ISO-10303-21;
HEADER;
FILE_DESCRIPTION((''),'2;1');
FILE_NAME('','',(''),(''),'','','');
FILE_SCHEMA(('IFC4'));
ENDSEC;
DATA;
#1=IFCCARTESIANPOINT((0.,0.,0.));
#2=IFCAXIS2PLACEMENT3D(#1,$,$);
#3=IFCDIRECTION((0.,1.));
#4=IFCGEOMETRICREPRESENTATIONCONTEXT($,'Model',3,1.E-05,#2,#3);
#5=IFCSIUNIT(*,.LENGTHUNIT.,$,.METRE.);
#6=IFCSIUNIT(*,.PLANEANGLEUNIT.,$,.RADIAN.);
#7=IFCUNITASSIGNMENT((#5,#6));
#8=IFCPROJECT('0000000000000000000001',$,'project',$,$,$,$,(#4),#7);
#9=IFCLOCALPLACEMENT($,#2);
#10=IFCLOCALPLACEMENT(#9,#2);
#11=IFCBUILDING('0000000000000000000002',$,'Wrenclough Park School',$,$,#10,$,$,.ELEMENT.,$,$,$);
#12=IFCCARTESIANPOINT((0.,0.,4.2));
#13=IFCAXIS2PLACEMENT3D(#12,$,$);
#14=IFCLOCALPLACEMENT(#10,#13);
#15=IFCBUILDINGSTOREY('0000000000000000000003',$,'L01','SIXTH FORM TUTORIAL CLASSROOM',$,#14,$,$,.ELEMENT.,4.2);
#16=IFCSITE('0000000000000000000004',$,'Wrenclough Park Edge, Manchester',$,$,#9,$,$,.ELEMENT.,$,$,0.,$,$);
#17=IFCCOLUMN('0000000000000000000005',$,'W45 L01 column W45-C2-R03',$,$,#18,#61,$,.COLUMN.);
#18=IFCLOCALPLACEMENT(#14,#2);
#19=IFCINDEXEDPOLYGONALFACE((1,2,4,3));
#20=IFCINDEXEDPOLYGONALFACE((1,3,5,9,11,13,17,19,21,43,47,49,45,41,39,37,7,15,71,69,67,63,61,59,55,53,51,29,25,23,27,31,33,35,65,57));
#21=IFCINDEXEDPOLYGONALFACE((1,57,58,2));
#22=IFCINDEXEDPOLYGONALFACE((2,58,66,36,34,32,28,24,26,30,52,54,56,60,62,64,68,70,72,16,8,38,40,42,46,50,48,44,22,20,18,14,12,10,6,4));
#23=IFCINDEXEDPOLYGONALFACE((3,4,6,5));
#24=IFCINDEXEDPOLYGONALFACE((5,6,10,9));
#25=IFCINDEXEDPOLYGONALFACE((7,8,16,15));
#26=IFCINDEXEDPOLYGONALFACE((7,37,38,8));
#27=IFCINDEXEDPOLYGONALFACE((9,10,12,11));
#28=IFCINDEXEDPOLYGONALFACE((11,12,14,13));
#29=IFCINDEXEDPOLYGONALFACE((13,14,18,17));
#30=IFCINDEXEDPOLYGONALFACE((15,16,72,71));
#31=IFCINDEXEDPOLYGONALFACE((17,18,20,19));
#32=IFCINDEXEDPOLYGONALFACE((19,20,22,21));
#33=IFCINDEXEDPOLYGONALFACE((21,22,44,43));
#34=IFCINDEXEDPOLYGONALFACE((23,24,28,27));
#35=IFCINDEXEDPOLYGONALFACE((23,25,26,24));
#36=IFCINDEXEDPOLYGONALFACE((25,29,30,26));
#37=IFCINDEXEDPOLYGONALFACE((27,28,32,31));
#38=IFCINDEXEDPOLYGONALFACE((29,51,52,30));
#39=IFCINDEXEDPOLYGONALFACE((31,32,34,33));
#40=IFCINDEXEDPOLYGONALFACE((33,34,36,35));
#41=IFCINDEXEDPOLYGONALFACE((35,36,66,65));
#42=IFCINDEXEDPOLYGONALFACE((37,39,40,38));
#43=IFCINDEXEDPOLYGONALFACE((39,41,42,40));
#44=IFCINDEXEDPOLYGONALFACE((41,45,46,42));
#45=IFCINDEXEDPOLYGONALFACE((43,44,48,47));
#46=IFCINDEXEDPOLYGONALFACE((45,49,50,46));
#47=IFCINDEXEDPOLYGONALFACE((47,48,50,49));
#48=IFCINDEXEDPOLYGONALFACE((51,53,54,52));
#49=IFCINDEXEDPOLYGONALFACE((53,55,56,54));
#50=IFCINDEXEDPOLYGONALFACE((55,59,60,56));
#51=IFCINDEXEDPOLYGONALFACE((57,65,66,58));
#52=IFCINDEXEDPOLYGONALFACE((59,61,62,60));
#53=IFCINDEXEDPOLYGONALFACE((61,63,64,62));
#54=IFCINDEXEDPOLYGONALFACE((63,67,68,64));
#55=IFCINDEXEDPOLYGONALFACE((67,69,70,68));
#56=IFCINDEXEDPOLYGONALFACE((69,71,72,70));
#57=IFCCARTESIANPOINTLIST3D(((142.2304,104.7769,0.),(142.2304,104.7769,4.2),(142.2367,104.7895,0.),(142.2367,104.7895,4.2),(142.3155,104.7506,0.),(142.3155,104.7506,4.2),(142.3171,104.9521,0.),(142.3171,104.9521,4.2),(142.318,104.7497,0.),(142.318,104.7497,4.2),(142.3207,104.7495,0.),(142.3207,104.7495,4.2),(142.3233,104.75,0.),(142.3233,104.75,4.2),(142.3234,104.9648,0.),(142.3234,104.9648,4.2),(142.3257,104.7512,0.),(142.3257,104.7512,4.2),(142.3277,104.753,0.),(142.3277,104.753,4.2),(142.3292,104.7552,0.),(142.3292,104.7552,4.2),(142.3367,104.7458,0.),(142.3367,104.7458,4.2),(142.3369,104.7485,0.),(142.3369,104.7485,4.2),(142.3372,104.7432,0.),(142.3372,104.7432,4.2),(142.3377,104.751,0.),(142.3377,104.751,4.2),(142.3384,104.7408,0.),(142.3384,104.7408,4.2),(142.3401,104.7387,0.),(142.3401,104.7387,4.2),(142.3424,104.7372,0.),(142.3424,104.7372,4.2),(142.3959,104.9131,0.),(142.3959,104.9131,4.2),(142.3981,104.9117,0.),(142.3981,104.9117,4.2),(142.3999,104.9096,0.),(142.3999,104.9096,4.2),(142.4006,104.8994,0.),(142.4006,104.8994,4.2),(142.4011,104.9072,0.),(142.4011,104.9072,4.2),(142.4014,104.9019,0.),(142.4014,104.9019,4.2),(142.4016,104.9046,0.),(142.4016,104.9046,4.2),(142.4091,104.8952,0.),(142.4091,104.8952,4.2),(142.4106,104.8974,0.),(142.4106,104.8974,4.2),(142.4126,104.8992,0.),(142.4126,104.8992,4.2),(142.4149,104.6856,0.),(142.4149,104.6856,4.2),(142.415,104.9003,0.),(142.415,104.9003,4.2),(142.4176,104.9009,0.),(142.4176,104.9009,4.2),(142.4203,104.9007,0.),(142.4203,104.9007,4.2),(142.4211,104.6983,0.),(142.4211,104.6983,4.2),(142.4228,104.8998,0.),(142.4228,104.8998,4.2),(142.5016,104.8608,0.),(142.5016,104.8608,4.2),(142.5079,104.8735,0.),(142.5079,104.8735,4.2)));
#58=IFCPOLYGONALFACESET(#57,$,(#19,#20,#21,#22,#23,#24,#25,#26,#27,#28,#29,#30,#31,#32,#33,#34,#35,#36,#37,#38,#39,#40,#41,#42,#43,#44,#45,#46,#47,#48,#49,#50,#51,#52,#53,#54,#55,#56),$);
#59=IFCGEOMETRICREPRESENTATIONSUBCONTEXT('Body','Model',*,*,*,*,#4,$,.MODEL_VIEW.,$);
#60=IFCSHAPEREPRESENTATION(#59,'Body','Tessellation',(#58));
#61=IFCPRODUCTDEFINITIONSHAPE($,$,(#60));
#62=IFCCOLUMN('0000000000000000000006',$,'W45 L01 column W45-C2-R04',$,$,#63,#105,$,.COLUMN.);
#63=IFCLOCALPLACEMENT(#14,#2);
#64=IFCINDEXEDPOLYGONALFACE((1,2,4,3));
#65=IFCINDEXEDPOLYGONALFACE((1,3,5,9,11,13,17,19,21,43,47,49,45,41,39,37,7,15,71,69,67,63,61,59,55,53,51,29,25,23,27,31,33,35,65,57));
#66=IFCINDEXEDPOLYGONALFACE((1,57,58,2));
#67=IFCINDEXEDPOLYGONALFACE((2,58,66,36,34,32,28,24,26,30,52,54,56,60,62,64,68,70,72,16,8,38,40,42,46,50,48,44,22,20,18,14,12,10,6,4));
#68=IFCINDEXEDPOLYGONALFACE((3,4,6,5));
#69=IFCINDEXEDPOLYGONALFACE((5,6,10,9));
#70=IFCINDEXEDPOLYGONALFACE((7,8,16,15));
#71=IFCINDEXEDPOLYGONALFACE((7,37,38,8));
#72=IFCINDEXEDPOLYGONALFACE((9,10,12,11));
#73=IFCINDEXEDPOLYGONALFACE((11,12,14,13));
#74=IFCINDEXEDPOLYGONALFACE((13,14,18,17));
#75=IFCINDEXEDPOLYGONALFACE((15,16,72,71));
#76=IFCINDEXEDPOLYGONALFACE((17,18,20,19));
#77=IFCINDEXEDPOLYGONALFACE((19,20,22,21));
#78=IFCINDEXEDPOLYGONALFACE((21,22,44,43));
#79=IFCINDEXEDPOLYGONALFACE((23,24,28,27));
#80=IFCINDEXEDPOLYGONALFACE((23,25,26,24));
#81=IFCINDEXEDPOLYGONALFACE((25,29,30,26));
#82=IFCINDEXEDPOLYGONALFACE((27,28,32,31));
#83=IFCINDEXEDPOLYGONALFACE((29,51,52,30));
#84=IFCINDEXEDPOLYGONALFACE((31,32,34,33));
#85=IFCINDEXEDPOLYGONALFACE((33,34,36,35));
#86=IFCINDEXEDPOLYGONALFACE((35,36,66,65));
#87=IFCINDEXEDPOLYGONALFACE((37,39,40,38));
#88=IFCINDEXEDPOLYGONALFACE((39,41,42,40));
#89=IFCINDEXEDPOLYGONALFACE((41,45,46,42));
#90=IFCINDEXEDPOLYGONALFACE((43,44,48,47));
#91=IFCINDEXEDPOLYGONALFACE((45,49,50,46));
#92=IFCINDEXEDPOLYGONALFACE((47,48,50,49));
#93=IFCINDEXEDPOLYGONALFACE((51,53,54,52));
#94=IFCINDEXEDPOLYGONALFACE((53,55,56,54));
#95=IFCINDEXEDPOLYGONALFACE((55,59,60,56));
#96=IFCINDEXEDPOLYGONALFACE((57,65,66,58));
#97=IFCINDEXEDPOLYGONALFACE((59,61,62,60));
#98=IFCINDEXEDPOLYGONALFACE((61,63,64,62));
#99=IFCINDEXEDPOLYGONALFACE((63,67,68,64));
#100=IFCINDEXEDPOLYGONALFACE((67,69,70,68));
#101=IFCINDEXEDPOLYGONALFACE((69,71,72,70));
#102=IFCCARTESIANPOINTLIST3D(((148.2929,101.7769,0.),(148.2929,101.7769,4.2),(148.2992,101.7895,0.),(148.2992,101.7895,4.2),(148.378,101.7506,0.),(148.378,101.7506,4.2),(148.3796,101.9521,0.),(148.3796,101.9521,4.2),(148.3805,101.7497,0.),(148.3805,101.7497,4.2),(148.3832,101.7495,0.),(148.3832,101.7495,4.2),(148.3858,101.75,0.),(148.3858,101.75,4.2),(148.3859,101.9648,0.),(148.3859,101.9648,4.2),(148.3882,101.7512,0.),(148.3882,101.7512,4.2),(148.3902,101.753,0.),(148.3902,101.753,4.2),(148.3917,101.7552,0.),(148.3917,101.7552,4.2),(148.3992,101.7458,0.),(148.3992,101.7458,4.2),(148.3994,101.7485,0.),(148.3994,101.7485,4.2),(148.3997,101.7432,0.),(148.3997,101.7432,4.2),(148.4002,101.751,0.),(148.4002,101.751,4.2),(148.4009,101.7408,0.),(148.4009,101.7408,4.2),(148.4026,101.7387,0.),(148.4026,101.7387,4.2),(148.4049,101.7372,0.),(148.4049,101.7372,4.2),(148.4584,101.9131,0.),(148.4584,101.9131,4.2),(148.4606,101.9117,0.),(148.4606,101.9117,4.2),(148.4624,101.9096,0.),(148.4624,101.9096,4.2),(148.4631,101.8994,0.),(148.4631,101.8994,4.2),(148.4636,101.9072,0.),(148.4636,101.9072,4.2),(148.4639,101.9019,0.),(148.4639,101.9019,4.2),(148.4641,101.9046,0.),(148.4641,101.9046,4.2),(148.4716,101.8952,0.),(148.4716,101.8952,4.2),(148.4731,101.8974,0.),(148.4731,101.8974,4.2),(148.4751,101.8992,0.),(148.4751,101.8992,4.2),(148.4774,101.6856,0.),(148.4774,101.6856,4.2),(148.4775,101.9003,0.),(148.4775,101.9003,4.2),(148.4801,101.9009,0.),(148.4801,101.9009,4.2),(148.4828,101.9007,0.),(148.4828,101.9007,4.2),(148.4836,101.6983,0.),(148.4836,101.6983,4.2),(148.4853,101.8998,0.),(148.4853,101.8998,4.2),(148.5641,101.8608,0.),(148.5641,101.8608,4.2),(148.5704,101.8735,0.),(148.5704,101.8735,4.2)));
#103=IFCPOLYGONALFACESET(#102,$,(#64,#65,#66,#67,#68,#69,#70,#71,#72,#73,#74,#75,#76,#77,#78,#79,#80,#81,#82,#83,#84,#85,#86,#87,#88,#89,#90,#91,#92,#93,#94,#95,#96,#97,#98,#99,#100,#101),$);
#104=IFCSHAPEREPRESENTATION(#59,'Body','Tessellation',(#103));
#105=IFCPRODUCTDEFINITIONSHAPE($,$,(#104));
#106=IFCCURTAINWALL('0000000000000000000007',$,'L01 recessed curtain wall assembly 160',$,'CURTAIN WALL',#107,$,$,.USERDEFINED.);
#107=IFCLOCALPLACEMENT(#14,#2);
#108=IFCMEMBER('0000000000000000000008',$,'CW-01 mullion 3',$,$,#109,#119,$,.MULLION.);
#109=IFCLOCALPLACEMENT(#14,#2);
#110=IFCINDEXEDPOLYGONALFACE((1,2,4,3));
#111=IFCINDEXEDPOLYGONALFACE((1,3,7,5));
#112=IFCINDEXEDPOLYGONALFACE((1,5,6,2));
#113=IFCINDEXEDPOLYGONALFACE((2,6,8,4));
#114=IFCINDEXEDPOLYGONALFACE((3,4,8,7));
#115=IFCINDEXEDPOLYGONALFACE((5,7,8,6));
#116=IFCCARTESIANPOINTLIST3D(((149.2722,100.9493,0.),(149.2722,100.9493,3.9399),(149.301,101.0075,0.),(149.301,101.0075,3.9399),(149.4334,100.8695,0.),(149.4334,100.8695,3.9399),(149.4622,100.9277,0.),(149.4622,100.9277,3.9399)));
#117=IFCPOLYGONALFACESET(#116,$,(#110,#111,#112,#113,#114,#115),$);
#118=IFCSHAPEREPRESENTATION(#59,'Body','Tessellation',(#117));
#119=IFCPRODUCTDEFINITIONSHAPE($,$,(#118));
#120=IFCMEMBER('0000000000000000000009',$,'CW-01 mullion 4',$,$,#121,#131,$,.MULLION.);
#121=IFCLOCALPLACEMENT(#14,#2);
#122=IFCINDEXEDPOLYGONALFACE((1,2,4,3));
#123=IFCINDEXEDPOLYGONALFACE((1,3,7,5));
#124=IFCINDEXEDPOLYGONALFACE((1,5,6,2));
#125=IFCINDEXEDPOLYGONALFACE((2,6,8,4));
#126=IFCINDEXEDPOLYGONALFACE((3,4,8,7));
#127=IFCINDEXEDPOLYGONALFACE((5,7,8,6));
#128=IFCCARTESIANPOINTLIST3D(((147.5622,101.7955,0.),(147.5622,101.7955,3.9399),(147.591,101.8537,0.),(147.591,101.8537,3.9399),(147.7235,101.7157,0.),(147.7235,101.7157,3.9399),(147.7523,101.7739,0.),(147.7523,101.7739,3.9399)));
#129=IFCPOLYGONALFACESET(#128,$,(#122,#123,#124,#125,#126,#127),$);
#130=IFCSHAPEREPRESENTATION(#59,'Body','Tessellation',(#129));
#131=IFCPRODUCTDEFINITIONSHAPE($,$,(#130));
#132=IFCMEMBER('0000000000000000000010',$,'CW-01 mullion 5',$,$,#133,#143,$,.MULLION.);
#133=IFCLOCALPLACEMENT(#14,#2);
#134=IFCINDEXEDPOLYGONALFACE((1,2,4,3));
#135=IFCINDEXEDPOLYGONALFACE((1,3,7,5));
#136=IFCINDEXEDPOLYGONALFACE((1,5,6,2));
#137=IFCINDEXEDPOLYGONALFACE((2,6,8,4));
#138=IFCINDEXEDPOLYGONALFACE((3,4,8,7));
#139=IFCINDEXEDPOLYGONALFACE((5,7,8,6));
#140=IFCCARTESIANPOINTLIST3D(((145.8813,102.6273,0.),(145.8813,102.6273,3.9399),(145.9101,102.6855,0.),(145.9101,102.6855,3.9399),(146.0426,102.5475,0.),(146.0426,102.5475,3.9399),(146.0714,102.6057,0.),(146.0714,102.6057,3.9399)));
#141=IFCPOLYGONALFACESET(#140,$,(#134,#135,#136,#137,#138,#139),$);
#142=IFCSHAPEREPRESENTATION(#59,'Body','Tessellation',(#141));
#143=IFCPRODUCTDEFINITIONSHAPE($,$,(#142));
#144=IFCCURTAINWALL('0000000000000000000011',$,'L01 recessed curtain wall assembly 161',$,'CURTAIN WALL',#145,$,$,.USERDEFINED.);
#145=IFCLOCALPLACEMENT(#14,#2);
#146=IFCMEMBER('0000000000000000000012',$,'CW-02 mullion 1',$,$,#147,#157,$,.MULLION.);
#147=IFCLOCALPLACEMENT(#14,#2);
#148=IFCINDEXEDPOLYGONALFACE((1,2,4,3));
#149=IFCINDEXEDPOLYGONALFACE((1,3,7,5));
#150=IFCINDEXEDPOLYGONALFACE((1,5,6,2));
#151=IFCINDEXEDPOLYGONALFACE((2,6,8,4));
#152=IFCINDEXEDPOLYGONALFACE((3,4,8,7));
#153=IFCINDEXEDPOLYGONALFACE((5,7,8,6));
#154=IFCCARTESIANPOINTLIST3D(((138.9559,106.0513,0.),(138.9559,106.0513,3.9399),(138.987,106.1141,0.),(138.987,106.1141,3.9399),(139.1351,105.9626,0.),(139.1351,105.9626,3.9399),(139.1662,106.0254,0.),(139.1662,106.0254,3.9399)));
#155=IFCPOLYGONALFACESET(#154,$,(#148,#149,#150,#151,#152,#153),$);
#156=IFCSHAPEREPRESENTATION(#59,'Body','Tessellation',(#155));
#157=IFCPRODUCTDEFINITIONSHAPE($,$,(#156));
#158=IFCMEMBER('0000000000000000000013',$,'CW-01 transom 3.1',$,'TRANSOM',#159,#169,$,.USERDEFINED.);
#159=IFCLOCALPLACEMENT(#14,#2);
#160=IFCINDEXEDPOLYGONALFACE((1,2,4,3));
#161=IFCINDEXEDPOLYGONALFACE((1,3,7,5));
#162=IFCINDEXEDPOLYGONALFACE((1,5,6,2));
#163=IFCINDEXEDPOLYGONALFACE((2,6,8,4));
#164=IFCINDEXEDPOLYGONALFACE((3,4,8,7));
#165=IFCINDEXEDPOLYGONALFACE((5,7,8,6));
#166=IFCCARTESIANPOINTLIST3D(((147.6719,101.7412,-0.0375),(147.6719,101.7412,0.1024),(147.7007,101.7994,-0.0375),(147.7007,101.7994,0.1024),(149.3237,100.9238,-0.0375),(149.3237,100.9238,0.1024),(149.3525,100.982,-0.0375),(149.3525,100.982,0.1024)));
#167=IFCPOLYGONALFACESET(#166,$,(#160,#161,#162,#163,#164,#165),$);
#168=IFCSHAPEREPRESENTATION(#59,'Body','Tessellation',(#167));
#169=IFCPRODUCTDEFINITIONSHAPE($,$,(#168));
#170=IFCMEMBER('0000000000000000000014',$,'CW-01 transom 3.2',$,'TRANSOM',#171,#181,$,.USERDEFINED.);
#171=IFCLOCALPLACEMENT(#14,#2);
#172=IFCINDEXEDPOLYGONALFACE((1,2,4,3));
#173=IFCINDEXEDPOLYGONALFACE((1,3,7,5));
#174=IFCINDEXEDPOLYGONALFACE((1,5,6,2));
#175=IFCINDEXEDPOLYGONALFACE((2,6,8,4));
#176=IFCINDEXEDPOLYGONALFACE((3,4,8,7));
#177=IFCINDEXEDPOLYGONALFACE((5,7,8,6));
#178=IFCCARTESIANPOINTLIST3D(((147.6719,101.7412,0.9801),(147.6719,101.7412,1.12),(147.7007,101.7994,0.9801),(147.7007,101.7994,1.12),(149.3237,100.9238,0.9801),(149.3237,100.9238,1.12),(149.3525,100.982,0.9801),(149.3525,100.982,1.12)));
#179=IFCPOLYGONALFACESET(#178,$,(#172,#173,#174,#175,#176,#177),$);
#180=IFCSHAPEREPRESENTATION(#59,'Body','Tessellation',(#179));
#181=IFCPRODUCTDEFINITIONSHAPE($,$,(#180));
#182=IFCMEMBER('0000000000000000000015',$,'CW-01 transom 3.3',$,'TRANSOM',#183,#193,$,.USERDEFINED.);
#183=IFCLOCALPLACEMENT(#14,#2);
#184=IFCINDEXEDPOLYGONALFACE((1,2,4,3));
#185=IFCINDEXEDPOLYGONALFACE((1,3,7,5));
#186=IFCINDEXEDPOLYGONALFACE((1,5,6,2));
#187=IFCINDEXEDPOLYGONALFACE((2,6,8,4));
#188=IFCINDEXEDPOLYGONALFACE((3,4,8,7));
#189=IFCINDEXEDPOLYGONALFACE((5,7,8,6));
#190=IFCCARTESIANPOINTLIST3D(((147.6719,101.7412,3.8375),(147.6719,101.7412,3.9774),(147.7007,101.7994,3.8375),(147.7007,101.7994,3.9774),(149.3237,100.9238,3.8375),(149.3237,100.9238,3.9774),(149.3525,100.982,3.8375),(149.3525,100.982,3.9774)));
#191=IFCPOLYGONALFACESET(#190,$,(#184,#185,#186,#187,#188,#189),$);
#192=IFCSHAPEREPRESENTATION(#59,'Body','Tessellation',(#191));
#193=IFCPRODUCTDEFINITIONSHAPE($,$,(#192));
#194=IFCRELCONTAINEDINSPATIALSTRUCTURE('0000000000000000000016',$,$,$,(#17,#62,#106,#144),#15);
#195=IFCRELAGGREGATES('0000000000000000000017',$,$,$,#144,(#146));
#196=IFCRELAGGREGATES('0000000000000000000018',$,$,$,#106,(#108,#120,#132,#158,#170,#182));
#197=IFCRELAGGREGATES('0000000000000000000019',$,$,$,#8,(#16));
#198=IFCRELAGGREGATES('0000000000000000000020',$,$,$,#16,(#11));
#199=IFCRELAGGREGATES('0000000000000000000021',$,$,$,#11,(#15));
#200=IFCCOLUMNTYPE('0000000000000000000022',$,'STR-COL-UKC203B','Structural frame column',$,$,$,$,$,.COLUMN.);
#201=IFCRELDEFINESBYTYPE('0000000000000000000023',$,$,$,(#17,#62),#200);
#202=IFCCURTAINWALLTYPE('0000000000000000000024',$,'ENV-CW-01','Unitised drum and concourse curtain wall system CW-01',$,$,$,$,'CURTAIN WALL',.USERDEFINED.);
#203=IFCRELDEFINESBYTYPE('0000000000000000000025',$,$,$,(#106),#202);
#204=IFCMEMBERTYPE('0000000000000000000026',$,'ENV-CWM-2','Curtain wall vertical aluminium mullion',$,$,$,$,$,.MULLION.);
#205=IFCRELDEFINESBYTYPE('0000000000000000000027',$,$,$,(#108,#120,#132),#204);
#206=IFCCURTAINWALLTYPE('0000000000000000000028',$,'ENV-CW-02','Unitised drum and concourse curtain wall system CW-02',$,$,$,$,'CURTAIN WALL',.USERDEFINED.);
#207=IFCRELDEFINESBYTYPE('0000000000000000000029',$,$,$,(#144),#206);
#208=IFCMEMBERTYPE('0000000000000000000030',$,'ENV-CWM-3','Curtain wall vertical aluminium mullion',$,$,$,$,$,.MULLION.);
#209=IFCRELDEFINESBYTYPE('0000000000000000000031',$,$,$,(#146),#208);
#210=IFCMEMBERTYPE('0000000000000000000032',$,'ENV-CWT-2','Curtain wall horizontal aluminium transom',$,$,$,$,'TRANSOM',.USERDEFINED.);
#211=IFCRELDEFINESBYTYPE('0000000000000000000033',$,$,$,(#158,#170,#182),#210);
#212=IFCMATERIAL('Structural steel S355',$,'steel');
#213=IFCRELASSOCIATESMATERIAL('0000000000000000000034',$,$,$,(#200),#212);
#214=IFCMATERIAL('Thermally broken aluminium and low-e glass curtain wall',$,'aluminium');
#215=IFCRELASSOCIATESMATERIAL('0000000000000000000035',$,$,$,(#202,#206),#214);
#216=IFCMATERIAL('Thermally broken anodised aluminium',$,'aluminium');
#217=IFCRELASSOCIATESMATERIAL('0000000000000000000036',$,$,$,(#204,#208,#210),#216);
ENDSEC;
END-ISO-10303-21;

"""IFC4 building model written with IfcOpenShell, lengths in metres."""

from ifc_helpers import new_model, si_unit, direction, frame, origin, origin_2d, place, context, subcontext, project, spatial, rectangle, i_section, extrude, material, material_profile, profile_set, type_object, element, aggregate, save


model = new_model("IFC4")

# Units and contexts
model_context = context("Model", 3, precision=1e-05, world=origin(), true_north=direction((0.0, 1.0)))
body_context = subcontext(model_context, "Body", "Model", "MODEL_VIEW")
ifc_project = project(units=[si_unit("LENGTHUNIT", "METRE"), si_unit("PLANEANGLEUNIT", "RADIAN")], contexts=[model_context])

# Site, building, storey
site_placement = place(None, origin())
site = spatial("IfcSite", under=ifc_project, at=site_placement, Name="Wrenclough Park Edge, Manchester", CompositionType="ELEMENT", RefElevation=0.0)
building_placement = place(site_placement, origin())
building = spatial("IfcBuilding", under=site, at=building_placement, Name="Wrenclough Park School", CompositionType="ELEMENT")
storey_placement = place(building_placement, frame((0.0, 0.0, 4.2)))
storey = spatial("IfcBuildingStorey", under=building, at=storey_placement, Name="L01", Description="SIXTH FORM TUTORIAL CLASSROOM", CompositionType="ELEMENT", Elevation=4.2)

# Columns
ifc_material_1 = material(Name="Structural steel S355", Category="steel")
ifc_material_profile_1 = material_profile(ifc_material_1, i_section(OverallWidth=0.2058, OverallDepth=0.2097, WebThickness=0.0095, FlangeThickness=0.0142, FilletRadius=0.0103, at=origin_2d()), Name="UKC 203x203x60")
ifc_profile_set_1 = profile_set([ifc_material_profile_1], Name="Structural steel S355")
column_type = type_object("IfcColumnType", Name="STR-COL-UKC203B", Description="Structural frame column", PredefinedType="COLUMN", material=ifc_profile_set_1)
for number, where, z_axis, x_axis, name in (
    (1, (142.3691, 104.8252, 0.0), (0.0, 0.0, 1.0), (0.896254, -0.443541, 0.0), "W45 L01 column W45-C2-R03"),
    (2, (148.4316, 101.8252, 0.0), (0.0, 0.0, 1.0), (0.896254, -0.443541, 0.0), "W45 L01 column W45-C2-R04"),
):
    element("IfcColumn", number, at=place(storey_placement, frame(where, z_axis=z_axis, x_axis=x_axis)), inside=storey, type_object=column_type, Name=name, PredefinedType="COLUMN", context=body_context, shape_type="SweptSolid", body=[
        extrude(i_section(OverallWidth=0.2058, OverallDepth=0.2097, WebThickness=0.0095, FlangeThickness=0.0142, FilletRadius=0.0103, at=origin_2d()), origin(), (0.0, 0.0, 1.0), 4.2),
    ])

# Curtain wall, members
ifc_material_2 = material(Name="Thermally broken aluminium and low-e glass curtain wall", Category="aluminium")
curtain_wall_type_1 = type_object("IfcCurtainWallType", Name="ENV-CW-01", Description="Unitised drum and concourse curtain wall system CW-01", ElementType="CURTAIN WALL", PredefinedType="USERDEFINED", material=ifc_material_2)
curtain_wall_1_placement = place(storey_placement, origin())
curtain_wall_1 = element("IfcCurtainWall", 3, at=curtain_wall_1_placement, inside=storey, type_object=curtain_wall_type_1, Name="L01 recessed curtain wall assembly 160", ObjectType="CURTAIN WALL", PredefinedType="USERDEFINED")
ifc_material_3 = material(Name="Thermally broken anodised aluminium", Category="aluminium")
ifc_material_profile_2 = material_profile(ifc_material_3, rectangle(XDim=0.0649, YDim=0.1799, at=origin_2d()), Name="AL MULLION 65x180")
ifc_profile_set_2 = profile_set([ifc_material_profile_2], Name="Thermally broken anodised aluminium")
member_type_1 = type_object("IfcMemberType", Name="ENV-CWM-2", Description="Curtain wall vertical aluminium mullion", PredefinedType="MULLION", material=ifc_profile_set_2)
member_1_placement = place(storey_placement, frame((149.3672, 100.9385, 0.0), z_axis=(0.0, 0.0, 1.0), x_axis=(-0.443504, -0.896272, 0.0)))
member_1 = element("IfcMember", 4, at=member_1_placement, type_object=member_type_1, Name="CW-01 mullion 3", PredefinedType="MULLION", context=body_context, shape_type="SweptSolid", body=[
    extrude(rectangle(XDim=0.0649, YDim=0.1799, at=origin_2d()), origin(), (0.0, 0.0, 1.0), 3.9399),
])
member_2_placement = place(storey_placement, frame((147.6572, 101.7847, 0.0), z_axis=(0.0, 0.0, 1.0), x_axis=(-0.443504, -0.896272, 0.0)))
member_2 = element("IfcMember", 5, at=member_2_placement, type_object=member_type_1, Name="CW-01 mullion 4", PredefinedType="MULLION", context=body_context, shape_type="SweptSolid", body=[
    extrude(rectangle(XDim=0.0649, YDim=0.1799, at=origin_2d()), origin(), (0.0, 0.0, 1.0), 3.9399),
])
member_3_placement = place(storey_placement, frame((145.9763, 102.6165, 0.0), z_axis=(0.0, 0.0, 1.0), x_axis=(-0.443504, -0.896272, 0.0)))
member_3 = element("IfcMember", 6, at=member_3_placement, type_object=member_type_1, Name="CW-01 mullion 5", PredefinedType="MULLION", context=body_context, shape_type="SweptSolid", body=[
    extrude(rectangle(XDim=0.0649, YDim=0.1799, at=origin_2d()), origin(), (0.0, 0.0, 1.0), 3.9399),
])

# Curtain wall, member
curtain_wall_type_2 = type_object("IfcCurtainWallType", Name="ENV-CW-02", Description="Unitised drum and concourse curtain wall system CW-02", ElementType="CURTAIN WALL", PredefinedType="USERDEFINED", material=ifc_material_2)
curtain_wall_2_placement = place(storey_placement, origin())
curtain_wall_2 = element("IfcCurtainWall", 7, at=curtain_wall_2_placement, inside=storey, type_object=curtain_wall_type_2, Name="L01 recessed curtain wall assembly 161", ObjectType="CURTAIN WALL", PredefinedType="USERDEFINED")
ifc_material_profile_3 = material_profile(ifc_material_3, rectangle(XDim=0.0701, YDim=0.2, at=origin_2d()), Name="AL MULLION 70x200")
ifc_profile_set_3 = profile_set([ifc_material_profile_3], Name="Thermally broken anodised aluminium")
member_type_2 = type_object("IfcMemberType", Name="ENV-CWM-3", Description="Curtain wall vertical aluminium mullion", PredefinedType="MULLION", material=ifc_profile_set_3)
member_4_placement = place(storey_placement, frame((139.061, 106.0383, 0.0), z_axis=(0.0, 0.0, 1.0), x_axis=(-0.443504, -0.896272, 0.0)))
member_4 = element("IfcMember", 8, at=member_4_placement, type_object=member_type_2, Name="CW-02 mullion 1", PredefinedType="MULLION", context=body_context, shape_type="SweptSolid", body=[
    extrude(rectangle(XDim=0.0701, YDim=0.2, at=origin_2d()), origin(), (0.0, 0.0, 1.0), 3.9399),
])

# Members
ifc_material_profile_4 = material_profile(ifc_material_3, rectangle(XDim=0.0649, YDim=0.1399, at=origin_2d()), Name="AL TRANSOM 65x140")
ifc_profile_set_4 = profile_set([ifc_material_profile_4], Name="Thermally broken anodised aluminium")
member_type_3 = type_object("IfcMemberType", Name="ENV-CWT-2", Description="Curtain wall horizontal aluminium transom", ElementType="TRANSOM", PredefinedType="USERDEFINED", material=ifc_profile_set_4)
member_5_placement = place(storey_placement, frame((149.3381, 100.9529, 0.0325), z_axis=(-0.896274, 0.443501, 0.0), x_axis=(-0.443501, -0.896274, 0.0)))
member_5 = element("IfcMember", 9, at=member_5_placement, type_object=member_type_3, Name="CW-01 transom 3.1", ObjectType="TRANSOM", PredefinedType="USERDEFINED", context=body_context, shape_type="SweptSolid", body=[
    extrude(rectangle(XDim=0.0649, YDim=0.1399, at=origin_2d()), origin(), (0.0, 0.0, 1.0), 1.843),
])
member_6_placement = place(storey_placement, frame((149.3381, 100.9529, 1.05), z_axis=(-0.896274, 0.443501, 0.0), x_axis=(-0.443501, -0.896274, 0.0)))
member_6 = element("IfcMember", 10, at=member_6_placement, type_object=member_type_3, Name="CW-01 transom 3.2", ObjectType="TRANSOM", PredefinedType="USERDEFINED", context=body_context, shape_type="SweptSolid", body=[
    extrude(rectangle(XDim=0.0649, YDim=0.1399, at=origin_2d()), origin(), (0.0, 0.0, 1.0), 1.843),
])
member_7_placement = place(storey_placement, frame((149.3381, 100.9529, 3.9075), z_axis=(-0.896274, 0.443501, 0.0), x_axis=(-0.443501, -0.896274, 0.0)))
member_7 = element("IfcMember", 11, at=member_7_placement, type_object=member_type_3, Name="CW-01 transom 3.3", ObjectType="TRANSOM", PredefinedType="USERDEFINED", context=body_context, shape_type="SweptSolid", body=[
    extrude(rectangle(XDim=0.0649, YDim=0.1399, at=origin_2d()), origin(), (0.0, 0.0, 1.0), 1.843),
])
aggregate(curtain_wall_2, [member_4])

aggregate(curtain_wall_1, [member_1, member_2, member_3, member_5, member_6, member_7])

save(model, "model.ifc")
